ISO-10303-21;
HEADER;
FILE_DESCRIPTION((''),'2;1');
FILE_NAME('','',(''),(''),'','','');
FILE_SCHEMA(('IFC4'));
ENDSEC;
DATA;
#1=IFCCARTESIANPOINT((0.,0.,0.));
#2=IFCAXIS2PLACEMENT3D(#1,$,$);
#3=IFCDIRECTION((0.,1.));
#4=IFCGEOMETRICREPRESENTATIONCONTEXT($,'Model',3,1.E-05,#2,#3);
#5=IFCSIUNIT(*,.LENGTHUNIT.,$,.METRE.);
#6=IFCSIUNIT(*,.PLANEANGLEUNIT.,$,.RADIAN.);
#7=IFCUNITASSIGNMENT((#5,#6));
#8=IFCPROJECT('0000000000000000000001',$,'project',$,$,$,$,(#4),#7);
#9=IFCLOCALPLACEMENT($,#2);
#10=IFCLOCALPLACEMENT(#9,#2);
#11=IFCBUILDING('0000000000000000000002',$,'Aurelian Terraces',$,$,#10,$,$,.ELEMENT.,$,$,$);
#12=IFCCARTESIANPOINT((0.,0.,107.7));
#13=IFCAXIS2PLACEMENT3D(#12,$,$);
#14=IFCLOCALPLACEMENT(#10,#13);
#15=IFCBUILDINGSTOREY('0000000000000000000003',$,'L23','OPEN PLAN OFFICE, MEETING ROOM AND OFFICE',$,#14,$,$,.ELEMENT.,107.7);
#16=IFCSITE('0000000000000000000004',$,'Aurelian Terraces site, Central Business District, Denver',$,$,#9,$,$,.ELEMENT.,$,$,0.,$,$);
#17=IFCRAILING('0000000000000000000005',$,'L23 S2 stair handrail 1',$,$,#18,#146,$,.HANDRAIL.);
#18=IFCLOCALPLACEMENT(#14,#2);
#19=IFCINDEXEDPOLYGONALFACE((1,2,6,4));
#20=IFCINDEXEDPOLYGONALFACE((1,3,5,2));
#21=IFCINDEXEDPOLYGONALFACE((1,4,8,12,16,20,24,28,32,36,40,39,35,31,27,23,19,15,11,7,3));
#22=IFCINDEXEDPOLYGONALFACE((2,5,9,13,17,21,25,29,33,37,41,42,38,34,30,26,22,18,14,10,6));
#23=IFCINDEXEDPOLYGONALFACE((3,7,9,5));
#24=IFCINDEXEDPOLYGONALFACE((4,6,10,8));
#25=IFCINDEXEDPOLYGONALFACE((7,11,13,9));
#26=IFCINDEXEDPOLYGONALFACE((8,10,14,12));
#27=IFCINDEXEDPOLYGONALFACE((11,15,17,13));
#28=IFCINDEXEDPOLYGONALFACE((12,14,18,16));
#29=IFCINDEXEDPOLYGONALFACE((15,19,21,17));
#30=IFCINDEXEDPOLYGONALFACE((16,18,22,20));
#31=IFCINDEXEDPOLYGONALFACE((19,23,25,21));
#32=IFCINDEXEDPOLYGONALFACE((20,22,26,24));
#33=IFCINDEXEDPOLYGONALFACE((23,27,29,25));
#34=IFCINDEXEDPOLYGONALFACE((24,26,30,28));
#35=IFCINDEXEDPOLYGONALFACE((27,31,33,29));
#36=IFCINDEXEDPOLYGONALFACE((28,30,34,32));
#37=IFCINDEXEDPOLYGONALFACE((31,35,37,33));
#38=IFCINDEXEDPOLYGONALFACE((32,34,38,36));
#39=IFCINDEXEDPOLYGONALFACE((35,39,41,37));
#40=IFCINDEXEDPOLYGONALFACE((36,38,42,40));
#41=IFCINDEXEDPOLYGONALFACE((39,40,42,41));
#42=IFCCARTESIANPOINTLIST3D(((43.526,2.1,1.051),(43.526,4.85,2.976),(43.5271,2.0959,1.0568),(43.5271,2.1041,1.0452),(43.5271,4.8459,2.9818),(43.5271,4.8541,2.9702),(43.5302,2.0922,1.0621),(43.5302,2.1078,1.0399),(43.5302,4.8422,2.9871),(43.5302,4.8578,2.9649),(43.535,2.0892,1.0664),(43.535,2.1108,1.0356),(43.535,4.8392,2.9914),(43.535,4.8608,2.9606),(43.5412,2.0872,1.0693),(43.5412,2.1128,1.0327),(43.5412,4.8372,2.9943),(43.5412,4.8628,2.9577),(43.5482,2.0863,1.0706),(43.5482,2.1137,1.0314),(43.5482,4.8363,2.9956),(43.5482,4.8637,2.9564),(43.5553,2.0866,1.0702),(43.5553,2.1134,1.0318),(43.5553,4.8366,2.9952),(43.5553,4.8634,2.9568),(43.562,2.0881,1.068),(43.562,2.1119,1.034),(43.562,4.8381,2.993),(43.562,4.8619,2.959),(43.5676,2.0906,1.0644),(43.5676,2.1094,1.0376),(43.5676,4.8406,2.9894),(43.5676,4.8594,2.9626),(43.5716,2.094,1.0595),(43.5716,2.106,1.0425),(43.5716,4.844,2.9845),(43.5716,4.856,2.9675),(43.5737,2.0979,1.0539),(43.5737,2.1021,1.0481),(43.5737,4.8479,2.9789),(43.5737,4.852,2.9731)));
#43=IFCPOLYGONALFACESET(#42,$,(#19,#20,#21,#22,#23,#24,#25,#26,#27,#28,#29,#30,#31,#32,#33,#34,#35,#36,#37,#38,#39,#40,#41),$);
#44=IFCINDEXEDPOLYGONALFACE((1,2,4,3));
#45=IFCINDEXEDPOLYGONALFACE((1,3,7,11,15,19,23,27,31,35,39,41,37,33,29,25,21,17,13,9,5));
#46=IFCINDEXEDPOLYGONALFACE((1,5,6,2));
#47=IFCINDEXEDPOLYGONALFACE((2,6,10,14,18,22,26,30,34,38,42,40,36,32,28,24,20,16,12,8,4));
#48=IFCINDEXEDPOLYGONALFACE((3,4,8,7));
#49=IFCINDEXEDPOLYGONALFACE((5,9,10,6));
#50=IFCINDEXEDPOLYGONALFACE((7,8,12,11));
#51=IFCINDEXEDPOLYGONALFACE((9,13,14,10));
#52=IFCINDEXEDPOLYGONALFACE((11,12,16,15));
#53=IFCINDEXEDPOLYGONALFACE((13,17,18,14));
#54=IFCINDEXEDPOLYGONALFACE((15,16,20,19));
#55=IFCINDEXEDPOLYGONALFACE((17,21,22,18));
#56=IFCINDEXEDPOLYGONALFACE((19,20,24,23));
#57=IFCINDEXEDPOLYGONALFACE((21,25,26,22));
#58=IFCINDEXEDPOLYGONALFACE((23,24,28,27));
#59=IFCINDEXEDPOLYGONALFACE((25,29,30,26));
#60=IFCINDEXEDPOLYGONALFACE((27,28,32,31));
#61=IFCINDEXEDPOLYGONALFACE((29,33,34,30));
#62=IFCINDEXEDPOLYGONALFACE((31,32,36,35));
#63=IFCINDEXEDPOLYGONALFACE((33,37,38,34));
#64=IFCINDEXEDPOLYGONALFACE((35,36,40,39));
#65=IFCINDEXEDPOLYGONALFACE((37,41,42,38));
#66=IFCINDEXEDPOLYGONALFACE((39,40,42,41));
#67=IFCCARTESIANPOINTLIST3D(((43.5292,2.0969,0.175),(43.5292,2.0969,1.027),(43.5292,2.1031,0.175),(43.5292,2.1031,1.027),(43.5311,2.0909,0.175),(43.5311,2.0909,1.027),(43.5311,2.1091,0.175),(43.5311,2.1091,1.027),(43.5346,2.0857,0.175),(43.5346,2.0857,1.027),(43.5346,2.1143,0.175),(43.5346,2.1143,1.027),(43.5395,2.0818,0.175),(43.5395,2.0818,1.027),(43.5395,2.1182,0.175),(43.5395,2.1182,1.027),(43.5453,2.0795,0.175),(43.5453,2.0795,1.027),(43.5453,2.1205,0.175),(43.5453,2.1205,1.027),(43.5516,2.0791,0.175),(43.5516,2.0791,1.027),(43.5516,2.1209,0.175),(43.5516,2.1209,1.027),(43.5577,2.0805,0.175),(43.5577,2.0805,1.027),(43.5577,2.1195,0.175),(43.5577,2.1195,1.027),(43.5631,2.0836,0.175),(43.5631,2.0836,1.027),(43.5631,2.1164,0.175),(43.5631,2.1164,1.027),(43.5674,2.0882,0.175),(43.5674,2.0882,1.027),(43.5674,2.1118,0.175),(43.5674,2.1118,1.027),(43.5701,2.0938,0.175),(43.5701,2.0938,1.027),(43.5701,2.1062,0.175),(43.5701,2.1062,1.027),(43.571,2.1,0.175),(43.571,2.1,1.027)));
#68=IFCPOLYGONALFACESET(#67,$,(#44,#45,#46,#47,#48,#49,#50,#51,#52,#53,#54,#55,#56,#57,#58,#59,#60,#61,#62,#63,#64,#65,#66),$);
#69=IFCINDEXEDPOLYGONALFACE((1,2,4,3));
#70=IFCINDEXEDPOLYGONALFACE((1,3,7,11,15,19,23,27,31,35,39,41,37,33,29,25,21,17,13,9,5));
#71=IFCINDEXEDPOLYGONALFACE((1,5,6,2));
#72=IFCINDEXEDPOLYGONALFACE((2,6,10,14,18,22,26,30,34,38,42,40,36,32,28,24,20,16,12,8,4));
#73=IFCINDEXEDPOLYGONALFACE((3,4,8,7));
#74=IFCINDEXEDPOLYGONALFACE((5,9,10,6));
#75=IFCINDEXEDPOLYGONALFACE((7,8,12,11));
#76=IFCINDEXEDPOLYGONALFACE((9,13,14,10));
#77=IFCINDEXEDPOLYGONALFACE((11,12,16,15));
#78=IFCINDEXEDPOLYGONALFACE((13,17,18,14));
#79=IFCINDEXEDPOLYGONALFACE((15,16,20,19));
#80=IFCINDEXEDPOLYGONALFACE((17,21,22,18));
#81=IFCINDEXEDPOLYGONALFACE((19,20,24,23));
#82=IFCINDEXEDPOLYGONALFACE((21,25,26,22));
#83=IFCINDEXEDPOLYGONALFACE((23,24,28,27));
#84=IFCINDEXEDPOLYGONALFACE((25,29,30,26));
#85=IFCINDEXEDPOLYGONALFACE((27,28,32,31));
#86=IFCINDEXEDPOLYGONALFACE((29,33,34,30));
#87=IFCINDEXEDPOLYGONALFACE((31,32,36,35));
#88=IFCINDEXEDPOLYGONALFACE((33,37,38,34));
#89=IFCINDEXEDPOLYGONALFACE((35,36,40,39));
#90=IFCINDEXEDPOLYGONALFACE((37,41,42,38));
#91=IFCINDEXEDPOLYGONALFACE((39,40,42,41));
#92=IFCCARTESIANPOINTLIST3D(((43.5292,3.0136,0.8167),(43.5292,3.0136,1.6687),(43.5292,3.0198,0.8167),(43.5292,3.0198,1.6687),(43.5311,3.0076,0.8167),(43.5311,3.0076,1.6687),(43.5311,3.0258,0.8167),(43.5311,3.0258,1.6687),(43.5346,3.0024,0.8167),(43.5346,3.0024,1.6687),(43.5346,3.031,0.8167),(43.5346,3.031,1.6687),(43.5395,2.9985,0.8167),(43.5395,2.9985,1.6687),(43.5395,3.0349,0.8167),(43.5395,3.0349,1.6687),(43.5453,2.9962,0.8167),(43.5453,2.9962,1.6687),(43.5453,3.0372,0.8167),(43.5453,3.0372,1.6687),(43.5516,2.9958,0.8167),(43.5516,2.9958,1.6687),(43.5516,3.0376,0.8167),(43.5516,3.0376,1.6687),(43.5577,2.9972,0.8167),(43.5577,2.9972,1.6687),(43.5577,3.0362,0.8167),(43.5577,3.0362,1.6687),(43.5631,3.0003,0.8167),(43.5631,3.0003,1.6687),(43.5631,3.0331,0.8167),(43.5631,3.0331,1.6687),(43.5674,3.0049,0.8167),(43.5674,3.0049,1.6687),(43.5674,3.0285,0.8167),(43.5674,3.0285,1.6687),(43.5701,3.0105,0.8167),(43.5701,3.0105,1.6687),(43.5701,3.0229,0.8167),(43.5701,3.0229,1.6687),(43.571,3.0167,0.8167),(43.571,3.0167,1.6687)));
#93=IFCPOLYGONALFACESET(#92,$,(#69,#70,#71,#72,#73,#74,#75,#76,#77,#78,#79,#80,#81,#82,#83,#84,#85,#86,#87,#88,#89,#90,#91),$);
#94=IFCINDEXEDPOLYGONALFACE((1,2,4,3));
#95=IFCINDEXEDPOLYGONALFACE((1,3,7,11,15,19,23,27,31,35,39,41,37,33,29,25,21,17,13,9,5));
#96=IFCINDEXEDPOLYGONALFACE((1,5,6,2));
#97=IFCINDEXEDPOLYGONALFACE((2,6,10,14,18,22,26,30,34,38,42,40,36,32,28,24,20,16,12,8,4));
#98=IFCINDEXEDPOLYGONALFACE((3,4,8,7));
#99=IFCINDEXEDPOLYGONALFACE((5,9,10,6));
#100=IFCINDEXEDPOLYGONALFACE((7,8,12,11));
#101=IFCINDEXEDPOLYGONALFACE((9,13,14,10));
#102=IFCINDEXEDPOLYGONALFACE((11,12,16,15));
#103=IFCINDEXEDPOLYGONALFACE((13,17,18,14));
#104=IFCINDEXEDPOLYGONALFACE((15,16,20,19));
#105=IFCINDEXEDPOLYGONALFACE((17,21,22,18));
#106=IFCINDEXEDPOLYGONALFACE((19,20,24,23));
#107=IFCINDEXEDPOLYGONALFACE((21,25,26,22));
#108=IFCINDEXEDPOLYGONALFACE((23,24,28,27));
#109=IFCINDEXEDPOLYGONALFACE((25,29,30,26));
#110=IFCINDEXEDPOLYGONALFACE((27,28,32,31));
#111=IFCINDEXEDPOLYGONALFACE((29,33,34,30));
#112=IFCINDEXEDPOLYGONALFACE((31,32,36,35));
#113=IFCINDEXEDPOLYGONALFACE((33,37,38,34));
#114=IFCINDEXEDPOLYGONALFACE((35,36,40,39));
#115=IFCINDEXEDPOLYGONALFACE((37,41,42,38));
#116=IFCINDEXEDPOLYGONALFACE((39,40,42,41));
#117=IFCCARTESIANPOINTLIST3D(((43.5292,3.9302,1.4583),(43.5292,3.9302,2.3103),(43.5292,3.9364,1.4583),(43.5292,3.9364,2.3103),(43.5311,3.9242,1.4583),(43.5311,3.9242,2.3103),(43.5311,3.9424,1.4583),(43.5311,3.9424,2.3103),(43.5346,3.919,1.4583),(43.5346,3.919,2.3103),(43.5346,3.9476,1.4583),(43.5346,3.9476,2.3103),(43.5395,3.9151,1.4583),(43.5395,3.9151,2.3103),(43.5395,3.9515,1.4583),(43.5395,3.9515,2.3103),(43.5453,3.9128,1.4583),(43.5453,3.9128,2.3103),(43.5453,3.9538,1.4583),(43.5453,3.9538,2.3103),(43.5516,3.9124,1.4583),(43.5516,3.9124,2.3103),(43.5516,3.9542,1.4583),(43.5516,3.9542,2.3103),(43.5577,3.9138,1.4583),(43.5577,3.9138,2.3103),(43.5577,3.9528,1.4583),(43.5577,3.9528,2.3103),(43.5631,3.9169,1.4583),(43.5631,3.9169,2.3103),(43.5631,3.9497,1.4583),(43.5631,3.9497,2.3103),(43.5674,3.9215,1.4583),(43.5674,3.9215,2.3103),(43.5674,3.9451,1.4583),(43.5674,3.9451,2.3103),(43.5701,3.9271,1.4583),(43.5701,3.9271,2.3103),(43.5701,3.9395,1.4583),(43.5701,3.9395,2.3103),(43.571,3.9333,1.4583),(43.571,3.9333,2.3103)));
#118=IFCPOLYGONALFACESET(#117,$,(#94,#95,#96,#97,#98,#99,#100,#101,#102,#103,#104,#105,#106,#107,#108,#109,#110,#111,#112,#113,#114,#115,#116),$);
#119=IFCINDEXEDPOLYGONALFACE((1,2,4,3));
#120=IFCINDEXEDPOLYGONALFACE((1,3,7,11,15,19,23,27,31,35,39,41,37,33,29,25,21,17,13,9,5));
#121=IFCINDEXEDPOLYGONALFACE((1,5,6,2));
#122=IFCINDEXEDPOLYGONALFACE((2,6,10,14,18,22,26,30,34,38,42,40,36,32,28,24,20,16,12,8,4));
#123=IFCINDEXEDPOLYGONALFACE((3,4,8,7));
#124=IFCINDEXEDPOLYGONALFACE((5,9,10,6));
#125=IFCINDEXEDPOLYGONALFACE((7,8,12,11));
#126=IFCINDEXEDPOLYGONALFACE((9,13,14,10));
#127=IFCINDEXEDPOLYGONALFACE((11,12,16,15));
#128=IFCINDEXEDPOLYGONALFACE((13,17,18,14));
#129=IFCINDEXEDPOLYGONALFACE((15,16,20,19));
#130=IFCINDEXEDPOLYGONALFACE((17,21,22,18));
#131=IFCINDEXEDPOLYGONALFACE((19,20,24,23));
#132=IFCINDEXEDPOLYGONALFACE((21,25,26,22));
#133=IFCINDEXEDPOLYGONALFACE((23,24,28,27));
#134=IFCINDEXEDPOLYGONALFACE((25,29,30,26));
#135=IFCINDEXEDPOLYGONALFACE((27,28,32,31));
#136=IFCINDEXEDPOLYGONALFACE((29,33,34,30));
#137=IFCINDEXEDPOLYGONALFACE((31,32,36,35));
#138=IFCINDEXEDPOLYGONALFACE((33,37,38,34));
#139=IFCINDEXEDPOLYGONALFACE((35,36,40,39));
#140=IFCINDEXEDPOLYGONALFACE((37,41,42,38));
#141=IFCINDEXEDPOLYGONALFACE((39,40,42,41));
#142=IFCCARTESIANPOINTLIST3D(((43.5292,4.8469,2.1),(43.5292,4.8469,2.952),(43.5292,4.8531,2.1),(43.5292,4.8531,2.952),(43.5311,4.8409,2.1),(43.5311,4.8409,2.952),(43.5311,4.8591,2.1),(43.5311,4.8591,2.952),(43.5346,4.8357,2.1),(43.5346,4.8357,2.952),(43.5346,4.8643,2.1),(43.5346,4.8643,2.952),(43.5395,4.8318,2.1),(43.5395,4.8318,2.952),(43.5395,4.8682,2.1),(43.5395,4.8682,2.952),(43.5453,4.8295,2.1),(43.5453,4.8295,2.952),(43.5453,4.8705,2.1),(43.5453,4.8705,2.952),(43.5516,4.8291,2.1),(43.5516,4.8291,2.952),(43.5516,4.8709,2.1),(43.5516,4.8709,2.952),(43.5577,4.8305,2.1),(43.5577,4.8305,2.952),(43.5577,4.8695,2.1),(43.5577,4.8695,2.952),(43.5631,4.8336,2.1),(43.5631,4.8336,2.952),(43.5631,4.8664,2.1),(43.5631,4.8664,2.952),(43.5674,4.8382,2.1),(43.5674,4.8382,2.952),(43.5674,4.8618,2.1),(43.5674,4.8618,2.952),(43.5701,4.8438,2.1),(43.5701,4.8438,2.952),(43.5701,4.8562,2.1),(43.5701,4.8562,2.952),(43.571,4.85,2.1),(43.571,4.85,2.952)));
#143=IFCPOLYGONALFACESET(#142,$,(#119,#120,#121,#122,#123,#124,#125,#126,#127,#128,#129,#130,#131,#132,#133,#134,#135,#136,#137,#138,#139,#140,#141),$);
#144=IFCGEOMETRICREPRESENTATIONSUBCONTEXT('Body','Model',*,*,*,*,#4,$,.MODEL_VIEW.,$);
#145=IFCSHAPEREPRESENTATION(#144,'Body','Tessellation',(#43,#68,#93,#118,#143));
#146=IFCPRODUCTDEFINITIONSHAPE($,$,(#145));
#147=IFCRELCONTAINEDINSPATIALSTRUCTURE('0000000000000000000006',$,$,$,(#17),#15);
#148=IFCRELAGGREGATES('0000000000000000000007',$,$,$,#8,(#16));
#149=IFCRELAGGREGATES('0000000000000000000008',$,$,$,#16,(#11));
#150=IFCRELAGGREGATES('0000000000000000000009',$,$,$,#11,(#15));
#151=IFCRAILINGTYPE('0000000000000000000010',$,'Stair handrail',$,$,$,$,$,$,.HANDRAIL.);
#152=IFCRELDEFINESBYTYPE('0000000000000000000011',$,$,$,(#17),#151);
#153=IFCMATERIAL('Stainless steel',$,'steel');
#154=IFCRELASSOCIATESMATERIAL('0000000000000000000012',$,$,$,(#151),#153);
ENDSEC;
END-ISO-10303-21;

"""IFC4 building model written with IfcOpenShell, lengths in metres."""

from ifc_helpers import new_model, si_unit, direction, frame, origin, origin_2d, place, context, subcontext, project, spatial, circle, extrude, source, transform, mapped, material, type_object, element, save


model = new_model("IFC4")

# Units and contexts
model_context = context("Model", 3, precision=1e-05, world=origin(), true_north=direction((0.0, 1.0)))
body_context = subcontext(model_context, "Body", "Model", "MODEL_VIEW")
ifc_project = project(units=[si_unit("LENGTHUNIT", "METRE"), si_unit("PLANEANGLEUNIT", "RADIAN")], contexts=[model_context])

# Site, building, storey
site_placement = place(None, origin())
site = spatial("IfcSite", under=ifc_project, at=site_placement, Name="Aurelian Terraces site, Central Business District, Denver", CompositionType="ELEMENT", RefElevation=0.0)
building_placement = place(site_placement, origin())
building = spatial("IfcBuilding", under=site, at=building_placement, Name="Aurelian Terraces", CompositionType="ELEMENT")
storey_placement = place(building_placement, frame((0.0, 0.0, 107.7)))
storey = spatial("IfcBuildingStorey", under=building, at=storey_placement, Name="L23", Description="OPEN PLAN OFFICE, MEETING ROOM AND OFFICE", CompositionType="ELEMENT", Elevation=107.7)

# Railing
ifc_material_1 = material(Name="Stainless steel", Category="steel")
railing_type_1 = type_object("IfcRailingType", Name="Stair handrail", PredefinedType="HANDRAIL", material=ifc_material_1)
shared_shape_1 = source(origin(), body_context, "Body", "SweptSolid", [
    extrude(circle(Radius=0.024, at=origin_2d()), frame((0.0, 0.0, 0.876), z_axis=(0.0, 0.819232, 0.573462), x_axis=(-1.0, 0.0, 0.0)), (0.0, 0.0, 1.0), 3.3568),
    extrude(circle(Radius=0.021, at=origin_2d()), origin(), (0.0, 0.0, 1.0), 0.852),
    extrude(circle(Radius=0.021, at=origin_2d()), frame((0.0, 0.9167, 0.6417)), (0.0, 0.0, 1.0), 0.852),
    extrude(circle(Radius=0.021, at=origin_2d()), frame((0.0, 1.8333, 1.2833)), (0.0, 0.0, 1.0), 0.852),
    extrude(circle(Radius=0.021, at=origin_2d()), frame((0.0, 2.75, 1.925)), (0.0, 0.0, 1.0), 0.852),
])
railing_1_placement = place(storey_placement, frame((43.55, 2.1, 0.175)))
element("IfcRailing", 1, at=railing_1_placement, inside=storey, type_object=railing_type_1, Name="L23 S2 stair handrail 1", PredefinedType="HANDRAIL", context=body_context, shape_type="MappedRepresentation", body=[
    mapped(shared_shape_1, transform((0.0, 0.0, 0.0), scale=1.0)),
])

save(model, "model.ifc")
